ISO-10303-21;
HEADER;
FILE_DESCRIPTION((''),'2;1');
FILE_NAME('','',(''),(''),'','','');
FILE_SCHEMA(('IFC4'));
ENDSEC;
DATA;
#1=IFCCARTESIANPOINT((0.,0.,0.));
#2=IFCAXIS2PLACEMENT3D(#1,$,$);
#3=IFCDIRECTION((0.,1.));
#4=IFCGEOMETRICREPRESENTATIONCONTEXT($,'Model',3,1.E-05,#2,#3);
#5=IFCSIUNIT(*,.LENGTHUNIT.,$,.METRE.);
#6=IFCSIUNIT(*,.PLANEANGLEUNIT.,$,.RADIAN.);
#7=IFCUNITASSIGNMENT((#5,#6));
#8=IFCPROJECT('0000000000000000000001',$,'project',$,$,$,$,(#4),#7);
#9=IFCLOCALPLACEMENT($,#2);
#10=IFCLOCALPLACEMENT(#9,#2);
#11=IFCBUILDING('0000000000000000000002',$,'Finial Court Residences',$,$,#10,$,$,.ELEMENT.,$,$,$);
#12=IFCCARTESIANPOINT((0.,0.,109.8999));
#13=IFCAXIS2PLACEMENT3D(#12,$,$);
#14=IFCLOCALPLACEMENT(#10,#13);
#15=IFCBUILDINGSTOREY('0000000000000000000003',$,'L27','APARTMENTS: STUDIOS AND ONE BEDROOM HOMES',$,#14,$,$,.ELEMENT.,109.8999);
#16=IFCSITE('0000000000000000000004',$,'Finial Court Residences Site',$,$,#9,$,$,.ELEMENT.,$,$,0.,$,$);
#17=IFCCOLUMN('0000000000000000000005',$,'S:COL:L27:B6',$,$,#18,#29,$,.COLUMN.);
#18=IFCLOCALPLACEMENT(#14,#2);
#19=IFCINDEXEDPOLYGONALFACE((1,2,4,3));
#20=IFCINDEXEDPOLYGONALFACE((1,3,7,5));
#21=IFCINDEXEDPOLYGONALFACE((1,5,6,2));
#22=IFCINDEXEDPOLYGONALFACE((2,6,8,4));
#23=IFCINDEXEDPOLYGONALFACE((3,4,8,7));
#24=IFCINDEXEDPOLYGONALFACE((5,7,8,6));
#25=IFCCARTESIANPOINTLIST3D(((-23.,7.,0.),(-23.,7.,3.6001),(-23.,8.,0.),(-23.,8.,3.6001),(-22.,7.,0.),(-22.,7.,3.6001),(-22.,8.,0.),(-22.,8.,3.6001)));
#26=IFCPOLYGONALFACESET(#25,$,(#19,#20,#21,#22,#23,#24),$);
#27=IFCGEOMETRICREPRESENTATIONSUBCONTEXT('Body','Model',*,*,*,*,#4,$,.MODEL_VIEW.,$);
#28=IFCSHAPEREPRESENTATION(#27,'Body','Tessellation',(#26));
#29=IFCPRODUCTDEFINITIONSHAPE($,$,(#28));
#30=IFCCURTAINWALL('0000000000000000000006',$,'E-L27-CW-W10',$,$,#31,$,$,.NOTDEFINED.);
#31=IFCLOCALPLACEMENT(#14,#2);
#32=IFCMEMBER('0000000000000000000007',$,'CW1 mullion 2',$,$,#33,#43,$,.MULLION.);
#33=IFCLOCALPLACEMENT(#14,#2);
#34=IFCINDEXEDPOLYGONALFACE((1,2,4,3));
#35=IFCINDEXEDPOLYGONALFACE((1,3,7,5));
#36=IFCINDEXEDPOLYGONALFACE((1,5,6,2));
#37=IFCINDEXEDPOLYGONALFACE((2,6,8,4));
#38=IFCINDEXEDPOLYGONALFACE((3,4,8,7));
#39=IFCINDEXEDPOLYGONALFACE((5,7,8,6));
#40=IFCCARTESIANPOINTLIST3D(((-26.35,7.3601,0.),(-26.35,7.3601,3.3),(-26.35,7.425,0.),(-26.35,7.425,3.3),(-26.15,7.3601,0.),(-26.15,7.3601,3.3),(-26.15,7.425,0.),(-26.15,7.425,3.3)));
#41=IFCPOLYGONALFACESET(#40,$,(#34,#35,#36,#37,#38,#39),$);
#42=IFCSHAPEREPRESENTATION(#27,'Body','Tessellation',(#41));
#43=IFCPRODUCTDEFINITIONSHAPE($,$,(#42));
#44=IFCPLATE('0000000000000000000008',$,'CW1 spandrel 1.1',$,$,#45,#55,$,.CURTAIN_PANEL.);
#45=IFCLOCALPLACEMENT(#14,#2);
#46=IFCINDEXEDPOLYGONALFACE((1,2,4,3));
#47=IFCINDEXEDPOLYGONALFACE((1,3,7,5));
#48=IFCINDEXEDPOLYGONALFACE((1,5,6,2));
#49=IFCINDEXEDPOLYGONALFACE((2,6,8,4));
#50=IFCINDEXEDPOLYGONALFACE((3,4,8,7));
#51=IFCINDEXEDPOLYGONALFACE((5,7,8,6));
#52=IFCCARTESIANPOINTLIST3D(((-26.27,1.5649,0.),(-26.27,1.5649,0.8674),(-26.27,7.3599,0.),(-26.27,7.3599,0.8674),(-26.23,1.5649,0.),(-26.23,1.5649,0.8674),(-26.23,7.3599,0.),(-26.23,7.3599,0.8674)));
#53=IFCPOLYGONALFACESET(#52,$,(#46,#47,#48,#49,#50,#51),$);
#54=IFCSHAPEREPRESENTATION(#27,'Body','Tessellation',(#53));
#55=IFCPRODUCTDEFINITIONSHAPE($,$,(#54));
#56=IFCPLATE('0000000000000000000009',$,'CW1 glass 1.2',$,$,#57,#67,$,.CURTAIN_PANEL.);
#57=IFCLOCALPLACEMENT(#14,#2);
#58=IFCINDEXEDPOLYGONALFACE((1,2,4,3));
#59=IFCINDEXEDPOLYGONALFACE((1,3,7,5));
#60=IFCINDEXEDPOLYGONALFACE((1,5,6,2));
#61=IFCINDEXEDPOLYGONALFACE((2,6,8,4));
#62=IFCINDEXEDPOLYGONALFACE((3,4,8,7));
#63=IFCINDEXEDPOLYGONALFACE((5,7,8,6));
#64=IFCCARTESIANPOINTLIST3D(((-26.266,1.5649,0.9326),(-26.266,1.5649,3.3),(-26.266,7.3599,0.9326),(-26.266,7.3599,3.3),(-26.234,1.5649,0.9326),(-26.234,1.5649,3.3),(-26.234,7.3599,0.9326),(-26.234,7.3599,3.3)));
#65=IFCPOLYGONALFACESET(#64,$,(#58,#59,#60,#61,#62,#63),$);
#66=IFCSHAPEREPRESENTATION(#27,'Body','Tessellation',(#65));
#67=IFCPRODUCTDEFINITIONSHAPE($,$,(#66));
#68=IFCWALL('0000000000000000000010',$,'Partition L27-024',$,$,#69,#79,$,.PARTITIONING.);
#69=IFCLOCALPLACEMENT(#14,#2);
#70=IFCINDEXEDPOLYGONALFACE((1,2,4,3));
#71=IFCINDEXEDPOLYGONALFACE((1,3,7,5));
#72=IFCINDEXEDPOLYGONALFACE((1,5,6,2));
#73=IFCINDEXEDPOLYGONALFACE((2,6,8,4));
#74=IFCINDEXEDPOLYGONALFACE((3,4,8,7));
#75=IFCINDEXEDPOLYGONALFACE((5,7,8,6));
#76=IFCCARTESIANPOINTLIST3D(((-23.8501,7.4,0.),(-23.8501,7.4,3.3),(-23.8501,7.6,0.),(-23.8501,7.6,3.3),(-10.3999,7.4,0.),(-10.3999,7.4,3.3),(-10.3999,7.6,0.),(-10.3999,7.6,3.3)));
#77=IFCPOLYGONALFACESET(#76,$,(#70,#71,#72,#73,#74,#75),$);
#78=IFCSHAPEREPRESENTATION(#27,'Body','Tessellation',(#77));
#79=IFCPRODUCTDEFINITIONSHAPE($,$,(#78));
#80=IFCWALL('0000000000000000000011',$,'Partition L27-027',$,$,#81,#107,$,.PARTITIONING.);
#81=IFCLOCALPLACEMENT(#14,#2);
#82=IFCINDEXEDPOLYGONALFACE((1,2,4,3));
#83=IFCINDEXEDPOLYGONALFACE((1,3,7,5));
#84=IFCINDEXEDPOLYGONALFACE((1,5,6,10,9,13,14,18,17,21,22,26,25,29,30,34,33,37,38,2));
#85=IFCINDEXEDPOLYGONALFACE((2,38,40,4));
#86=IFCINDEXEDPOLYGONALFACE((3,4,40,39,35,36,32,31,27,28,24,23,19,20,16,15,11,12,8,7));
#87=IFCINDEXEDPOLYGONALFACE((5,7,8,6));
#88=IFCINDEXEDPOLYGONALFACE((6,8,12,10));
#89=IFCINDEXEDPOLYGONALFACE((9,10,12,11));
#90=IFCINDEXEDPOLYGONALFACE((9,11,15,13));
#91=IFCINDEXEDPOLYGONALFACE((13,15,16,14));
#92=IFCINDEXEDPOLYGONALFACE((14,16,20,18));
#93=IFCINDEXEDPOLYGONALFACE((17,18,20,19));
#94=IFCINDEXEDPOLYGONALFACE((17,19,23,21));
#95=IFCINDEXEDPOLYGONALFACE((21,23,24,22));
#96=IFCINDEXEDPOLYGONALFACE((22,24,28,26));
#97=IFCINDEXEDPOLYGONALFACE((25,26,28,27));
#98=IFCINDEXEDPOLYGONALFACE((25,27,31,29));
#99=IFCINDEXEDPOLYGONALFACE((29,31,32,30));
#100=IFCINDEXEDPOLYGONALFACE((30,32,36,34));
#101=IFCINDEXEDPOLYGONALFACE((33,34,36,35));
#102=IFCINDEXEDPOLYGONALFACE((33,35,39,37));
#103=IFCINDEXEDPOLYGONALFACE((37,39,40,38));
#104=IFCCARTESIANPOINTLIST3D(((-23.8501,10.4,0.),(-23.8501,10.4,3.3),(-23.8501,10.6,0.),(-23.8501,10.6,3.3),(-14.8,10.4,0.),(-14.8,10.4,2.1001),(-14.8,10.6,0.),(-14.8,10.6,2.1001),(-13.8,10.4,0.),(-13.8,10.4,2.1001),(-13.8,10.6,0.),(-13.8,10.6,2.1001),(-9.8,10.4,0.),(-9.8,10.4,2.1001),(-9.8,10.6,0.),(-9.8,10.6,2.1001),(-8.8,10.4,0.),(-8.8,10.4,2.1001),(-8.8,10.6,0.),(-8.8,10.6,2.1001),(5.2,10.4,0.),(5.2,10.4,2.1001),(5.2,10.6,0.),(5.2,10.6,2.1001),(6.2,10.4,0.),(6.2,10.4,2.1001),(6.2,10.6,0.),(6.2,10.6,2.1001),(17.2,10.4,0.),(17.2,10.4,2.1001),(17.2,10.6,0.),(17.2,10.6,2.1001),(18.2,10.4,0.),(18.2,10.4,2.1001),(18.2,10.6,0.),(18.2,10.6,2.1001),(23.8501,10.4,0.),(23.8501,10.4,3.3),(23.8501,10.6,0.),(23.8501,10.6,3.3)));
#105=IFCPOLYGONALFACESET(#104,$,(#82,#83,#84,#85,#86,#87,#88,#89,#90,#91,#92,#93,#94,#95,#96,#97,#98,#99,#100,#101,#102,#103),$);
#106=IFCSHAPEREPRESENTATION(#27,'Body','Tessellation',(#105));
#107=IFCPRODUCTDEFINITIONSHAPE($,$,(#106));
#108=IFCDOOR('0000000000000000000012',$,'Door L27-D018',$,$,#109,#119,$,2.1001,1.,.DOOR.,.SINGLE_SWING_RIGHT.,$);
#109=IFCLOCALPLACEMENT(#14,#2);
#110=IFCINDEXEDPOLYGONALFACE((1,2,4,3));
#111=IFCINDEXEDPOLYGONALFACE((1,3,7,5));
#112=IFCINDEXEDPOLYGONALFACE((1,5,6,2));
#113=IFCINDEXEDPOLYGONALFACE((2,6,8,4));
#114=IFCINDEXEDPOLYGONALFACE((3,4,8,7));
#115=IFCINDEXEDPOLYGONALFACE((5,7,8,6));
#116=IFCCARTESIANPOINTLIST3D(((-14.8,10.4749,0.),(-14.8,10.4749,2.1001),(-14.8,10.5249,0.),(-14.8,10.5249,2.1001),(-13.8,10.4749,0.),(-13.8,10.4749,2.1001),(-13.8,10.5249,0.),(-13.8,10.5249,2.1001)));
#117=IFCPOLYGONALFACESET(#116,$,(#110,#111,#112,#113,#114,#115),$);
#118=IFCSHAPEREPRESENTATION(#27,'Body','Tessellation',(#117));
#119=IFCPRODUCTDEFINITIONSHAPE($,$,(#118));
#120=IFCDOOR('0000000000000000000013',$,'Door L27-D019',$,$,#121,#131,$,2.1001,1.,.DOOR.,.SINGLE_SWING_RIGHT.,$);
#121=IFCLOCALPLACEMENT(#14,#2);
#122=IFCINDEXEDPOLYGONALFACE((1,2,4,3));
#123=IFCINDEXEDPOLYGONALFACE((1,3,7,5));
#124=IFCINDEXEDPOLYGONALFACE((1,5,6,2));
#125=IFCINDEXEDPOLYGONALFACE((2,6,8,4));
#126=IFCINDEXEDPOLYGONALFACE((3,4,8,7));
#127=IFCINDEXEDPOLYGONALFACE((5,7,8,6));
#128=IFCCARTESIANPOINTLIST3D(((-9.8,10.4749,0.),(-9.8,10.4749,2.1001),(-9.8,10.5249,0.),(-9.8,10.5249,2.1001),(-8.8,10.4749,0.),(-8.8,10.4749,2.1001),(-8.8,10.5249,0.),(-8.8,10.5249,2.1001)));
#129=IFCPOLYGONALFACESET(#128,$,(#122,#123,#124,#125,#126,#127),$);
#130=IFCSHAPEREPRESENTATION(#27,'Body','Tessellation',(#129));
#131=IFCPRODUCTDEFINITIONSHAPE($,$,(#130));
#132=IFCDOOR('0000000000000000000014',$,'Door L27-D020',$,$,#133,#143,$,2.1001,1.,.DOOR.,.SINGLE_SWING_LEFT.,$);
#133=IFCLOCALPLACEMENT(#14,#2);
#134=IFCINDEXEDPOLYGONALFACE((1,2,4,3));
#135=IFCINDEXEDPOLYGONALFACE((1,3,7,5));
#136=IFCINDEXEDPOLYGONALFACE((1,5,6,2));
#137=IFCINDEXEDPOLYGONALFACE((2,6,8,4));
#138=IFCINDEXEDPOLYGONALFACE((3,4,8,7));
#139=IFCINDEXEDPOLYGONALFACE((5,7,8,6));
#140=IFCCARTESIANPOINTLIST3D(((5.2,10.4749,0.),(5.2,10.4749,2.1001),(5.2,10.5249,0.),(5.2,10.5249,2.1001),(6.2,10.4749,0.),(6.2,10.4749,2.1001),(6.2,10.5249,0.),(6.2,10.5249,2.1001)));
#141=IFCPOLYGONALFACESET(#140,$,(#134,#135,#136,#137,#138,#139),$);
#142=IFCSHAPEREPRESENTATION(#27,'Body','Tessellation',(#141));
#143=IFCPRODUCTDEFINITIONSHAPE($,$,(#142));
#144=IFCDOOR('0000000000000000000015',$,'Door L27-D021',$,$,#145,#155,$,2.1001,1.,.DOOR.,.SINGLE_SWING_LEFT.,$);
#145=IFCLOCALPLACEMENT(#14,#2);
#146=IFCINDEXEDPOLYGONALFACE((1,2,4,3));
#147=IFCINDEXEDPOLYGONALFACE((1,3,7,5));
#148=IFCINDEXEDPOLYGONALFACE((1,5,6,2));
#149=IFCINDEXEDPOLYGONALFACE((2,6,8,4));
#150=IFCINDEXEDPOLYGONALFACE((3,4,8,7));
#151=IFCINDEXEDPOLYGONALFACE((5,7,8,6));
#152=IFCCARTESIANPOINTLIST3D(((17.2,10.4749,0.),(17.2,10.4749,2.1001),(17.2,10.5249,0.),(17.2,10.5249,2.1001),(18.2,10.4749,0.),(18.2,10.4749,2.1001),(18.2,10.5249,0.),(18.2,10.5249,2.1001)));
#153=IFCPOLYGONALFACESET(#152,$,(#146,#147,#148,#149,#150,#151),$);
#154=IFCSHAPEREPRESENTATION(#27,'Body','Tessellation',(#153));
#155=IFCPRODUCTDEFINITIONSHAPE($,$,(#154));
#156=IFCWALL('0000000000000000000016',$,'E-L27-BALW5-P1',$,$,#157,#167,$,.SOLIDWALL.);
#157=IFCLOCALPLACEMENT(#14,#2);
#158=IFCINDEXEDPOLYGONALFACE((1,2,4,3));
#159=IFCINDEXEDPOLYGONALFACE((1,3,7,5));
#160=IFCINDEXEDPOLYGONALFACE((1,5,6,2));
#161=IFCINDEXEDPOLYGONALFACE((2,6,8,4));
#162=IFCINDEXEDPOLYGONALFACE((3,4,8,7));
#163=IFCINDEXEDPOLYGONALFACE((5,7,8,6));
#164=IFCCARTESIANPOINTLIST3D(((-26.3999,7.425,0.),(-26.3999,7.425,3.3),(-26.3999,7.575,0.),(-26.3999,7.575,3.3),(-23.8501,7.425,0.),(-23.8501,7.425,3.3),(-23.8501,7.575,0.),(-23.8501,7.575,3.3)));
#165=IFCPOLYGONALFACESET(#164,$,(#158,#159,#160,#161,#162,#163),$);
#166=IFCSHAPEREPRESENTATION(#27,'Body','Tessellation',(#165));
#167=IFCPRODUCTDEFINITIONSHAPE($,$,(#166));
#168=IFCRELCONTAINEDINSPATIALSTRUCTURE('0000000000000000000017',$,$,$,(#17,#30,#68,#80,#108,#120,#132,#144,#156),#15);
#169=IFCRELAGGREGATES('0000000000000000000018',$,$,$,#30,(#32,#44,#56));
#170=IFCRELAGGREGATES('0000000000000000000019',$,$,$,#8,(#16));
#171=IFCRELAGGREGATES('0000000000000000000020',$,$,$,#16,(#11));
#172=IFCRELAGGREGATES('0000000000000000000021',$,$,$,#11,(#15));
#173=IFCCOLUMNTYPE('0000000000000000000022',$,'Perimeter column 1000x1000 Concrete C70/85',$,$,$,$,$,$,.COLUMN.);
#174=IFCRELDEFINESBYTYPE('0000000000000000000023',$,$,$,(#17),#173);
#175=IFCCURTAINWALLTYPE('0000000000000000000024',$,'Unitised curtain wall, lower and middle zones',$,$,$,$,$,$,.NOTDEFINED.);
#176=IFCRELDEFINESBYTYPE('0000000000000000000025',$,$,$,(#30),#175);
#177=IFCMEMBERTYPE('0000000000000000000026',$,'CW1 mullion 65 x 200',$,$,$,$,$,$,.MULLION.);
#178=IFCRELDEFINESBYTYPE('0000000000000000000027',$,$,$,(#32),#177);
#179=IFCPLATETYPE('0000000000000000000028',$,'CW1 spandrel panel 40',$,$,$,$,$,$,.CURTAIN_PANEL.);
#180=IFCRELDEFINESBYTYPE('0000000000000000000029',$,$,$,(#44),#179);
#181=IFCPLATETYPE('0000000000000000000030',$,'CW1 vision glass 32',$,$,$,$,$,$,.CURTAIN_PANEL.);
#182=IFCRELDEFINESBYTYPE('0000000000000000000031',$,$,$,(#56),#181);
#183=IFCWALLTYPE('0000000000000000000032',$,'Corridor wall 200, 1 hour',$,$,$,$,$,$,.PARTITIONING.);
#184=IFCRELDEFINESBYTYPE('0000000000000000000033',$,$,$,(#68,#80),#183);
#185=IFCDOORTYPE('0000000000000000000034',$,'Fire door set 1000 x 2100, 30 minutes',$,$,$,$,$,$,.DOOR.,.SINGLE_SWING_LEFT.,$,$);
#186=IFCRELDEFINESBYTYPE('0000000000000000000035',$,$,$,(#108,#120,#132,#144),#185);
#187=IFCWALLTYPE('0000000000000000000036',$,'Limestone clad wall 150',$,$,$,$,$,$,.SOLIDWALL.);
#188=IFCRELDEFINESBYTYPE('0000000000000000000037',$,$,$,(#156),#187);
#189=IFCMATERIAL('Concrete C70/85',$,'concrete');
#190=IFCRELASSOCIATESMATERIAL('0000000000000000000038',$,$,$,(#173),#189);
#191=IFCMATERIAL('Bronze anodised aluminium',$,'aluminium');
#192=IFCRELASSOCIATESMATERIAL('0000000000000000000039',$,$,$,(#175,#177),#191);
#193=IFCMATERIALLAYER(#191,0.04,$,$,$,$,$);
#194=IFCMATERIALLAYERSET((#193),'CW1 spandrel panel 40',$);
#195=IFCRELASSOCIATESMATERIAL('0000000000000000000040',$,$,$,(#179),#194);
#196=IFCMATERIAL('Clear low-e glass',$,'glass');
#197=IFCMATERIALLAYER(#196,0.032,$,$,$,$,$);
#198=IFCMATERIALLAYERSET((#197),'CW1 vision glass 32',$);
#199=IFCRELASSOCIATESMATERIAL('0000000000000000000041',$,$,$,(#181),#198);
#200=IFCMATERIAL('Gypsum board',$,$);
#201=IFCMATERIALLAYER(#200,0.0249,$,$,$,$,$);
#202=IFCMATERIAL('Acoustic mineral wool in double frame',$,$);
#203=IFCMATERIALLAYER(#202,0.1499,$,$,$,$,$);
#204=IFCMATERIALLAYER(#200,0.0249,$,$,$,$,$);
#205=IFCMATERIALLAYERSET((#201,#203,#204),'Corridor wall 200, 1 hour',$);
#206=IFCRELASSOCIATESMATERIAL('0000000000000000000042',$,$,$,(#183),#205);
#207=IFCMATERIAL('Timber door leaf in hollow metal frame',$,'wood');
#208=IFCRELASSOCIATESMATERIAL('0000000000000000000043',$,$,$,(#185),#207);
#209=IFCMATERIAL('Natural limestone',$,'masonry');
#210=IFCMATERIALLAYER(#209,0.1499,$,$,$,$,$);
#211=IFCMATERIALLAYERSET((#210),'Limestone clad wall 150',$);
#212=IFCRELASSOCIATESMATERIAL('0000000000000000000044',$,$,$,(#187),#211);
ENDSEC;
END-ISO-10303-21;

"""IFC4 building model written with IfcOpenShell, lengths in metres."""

from ifc_helpers import new_model, si_unit, direction, frame, frame_2d, origin, origin_2d, place, context, subcontext, project, spatial, rectangle, extrude, material, layer, layer_set, material_profile, profile_set, type_object, element, fill, aggregate, save


model = new_model("IFC4")

# Units and contexts
model_context = context("Model", 3, precision=1e-05, world=origin(), true_north=direction((0.0, 1.0)))
body_context = subcontext(model_context, "Body", "Model", "MODEL_VIEW")
ifc_project = project(units=[si_unit("LENGTHUNIT", "METRE"), si_unit("PLANEANGLEUNIT", "RADIAN")], contexts=[model_context])

# Site, building, storey
site_placement = place(None, origin())
site = spatial("IfcSite", under=ifc_project, at=site_placement, Name="Finial Court Residences Site", CompositionType="ELEMENT", RefElevation=0.0)
building_placement = place(site_placement, origin())
building = spatial("IfcBuilding", under=site, at=building_placement, Name="Finial Court Residences", CompositionType="ELEMENT")
storey_placement = place(building_placement, frame((0.0, 0.0, 109.8999)))
storey = spatial("IfcBuildingStorey", under=building, at=storey_placement, Name="L27", Description="APARTMENTS: STUDIOS AND ONE BEDROOM HOMES", CompositionType="ELEMENT", Elevation=109.8999)

# Column
ifc_material_1 = material(Name="Concrete C70/85", Category="concrete")
ifc_material_profile_1 = material_profile(ifc_material_1, rectangle(XDim=1.0, YDim=1.0, at=origin_2d()), Name="1000x1000")
ifc_profile_set_1 = profile_set([ifc_material_profile_1], Name="Concrete C70/85")
column_type = type_object("IfcColumnType", Name="Perimeter column 1000x1000 Concrete C70/85", PredefinedType="COLUMN", material=ifc_profile_set_1)
column_placement = place(storey_placement, frame((-22.5, 7.5, 0.0), z_axis=(0.0, 0.0, 1.0), x_axis=(1.0, 0.0, 0.0)))
element("IfcColumn", 1, at=column_placement, inside=storey, type_object=column_type, Name="S:COL:L27:B6", PredefinedType="COLUMN", context=body_context, shape_type="SweptSolid", body=[
    extrude(rectangle(XDim=1.0, YDim=1.0, at=origin_2d()), origin(), (0.0, 0.0, 1.0), 3.6001),
])

# Curtain wall, member, plates
ifc_material_2 = material(Name="Bronze anodised aluminium", Category="aluminium")
curtain_wall_type = type_object("IfcCurtainWallType", Name="Unitised curtain wall, lower and middle zones", PredefinedType="NOTDEFINED", material=ifc_material_2)
curtain_wall_placement = place(storey_placement, origin())
curtain_wall = element("IfcCurtainWall", 2, at=curtain_wall_placement, inside=storey, type_object=curtain_wall_type, Name="E-L27-CW-W10", PredefinedType="NOTDEFINED")
ifc_material_profile_2 = material_profile(ifc_material_2, rectangle(XDim=0.2, YDim=0.0649, at=origin_2d()), Name="CW1 mullion 65 x 200")
ifc_profile_set_2 = profile_set([ifc_material_profile_2], Name="Bronze anodised aluminium")
member_type = type_object("IfcMemberType", Name="CW1 mullion 65 x 200", PredefinedType="MULLION", material=ifc_profile_set_2)
member_placement = place(storey_placement, frame((-26.25, 7.3926, 0.0), z_axis=(0.0, 0.0, 1.0), x_axis=(-1.0, 0.0, 0.0)))
member = element("IfcMember", 3, at=member_placement, type_object=member_type, Name="CW1 mullion 2", PredefinedType="MULLION", context=body_context, shape_type="SweptSolid", body=[
    extrude(rectangle(XDim=0.2, YDim=0.0649, at=origin_2d()), origin(), (0.0, 0.0, 1.0), 3.3),
])
ifc_layer_1 = layer(ifc_material_2, 0.04)
ifc_layer_set_1 = layer_set([ifc_layer_1], Name="CW1 spandrel panel 40")
plate_type_1 = type_object("IfcPlateType", Name="CW1 spandrel panel 40", PredefinedType="CURTAIN_PANEL", material=ifc_layer_set_1)
plate_1_placement = place(storey_placement, frame((-26.25, 4.4624, 0.0), z_axis=(0.0, 0.0, 1.0), x_axis=(0.0, 1.0, 0.0)))
plate_1 = element("IfcPlate", 4, at=plate_1_placement, type_object=plate_type_1, Name="CW1 spandrel 1.1", PredefinedType="CURTAIN_PANEL", context=body_context, shape_type="SweptSolid", body=[
    extrude(rectangle(XDim=5.7949, YDim=0.04, at=origin_2d()), origin(), (0.0, 0.0, 1.0), 0.8674),
])
ifc_material_3 = material(Name="Clear low-e glass", Category="glass")
ifc_layer_2 = layer(ifc_material_3, 0.032)
ifc_layer_set_2 = layer_set([ifc_layer_2], Name="CW1 vision glass 32")
plate_type_2 = type_object("IfcPlateType", Name="CW1 vision glass 32", PredefinedType="CURTAIN_PANEL", material=ifc_layer_set_2)
plate_2_placement = place(storey_placement, frame((-26.25, 4.4624, 0.9326), z_axis=(0.0, 0.0, 1.0), x_axis=(0.0, 1.0, 0.0)))
plate_2 = element("IfcPlate", 5, at=plate_2_placement, type_object=plate_type_2, Name="CW1 glass 1.2", PredefinedType="CURTAIN_PANEL", context=body_context, shape_type="SweptSolid", body=[
    extrude(rectangle(XDim=5.7949, YDim=0.032, at=origin_2d()), origin(), (0.0, 0.0, 1.0), 2.3674),
])
aggregate(curtain_wall, [member, plate_1, plate_2])

# Wall
ifc_material_4 = material(Name="Gypsum board")
ifc_layer_3 = layer(ifc_material_4, 0.0249)
ifc_material_5 = material(Name="Acoustic mineral wool in double frame")
ifc_layer_4 = layer(ifc_material_5, 0.1499)
ifc_layer_5 = layer(ifc_material_4, 0.0249)
ifc_layer_set_3 = layer_set([ifc_layer_3, ifc_layer_4, ifc_layer_5], Name="Corridor wall 200, 1 hour")
wall_type_1 = type_object("IfcWallType", Name="Corridor wall 200, 1 hour", PredefinedType="PARTITIONING", material=ifc_layer_set_3)
wall_1_placement = place(storey_placement, frame((-23.8501, 7.5, 0.0), z_axis=(0.0, 0.0, 1.0), x_axis=(1.0, 0.0, 0.0)))
element("IfcWall", 6, at=wall_1_placement, inside=storey, type_object=wall_type_1, Name="Partition L27-024", PredefinedType="PARTITIONING", context=body_context, shape_type="SweptSolid", body=[
    extrude(rectangle(XDim=13.4502, YDim=0.2, at=frame_2d((6.7251, 0.0))), origin(), (0.0, 0.0, 1.0), 3.3),
])

# Wall, openings, doors
wall_2_placement = place(storey_placement, frame((-23.8501, 10.5, 0.0), z_axis=(0.0, 0.0, 1.0), x_axis=(1.0, 0.0, 0.0)))
wall_2 = element("IfcWall", 7, at=wall_2_placement, inside=storey, type_object=wall_type_1, Name="Partition L27-027", PredefinedType="PARTITIONING", context=body_context, shape_type="SweptSolid", body=[
    extrude(rectangle(XDim=47.7002, YDim=0.2, at=frame_2d((23.8501, 0.0))), origin(), (0.0, 0.0, 1.0), 3.3),
])
opening_1_placement = place(wall_2_placement, frame((9.05, 0.0, 0.0)))
opening_1 = element("IfcOpeningElement", 8, at=opening_1_placement, cuts=wall_2, PredefinedType="OPENING", context=body_context, shape_type="SweptSolid", body=[
    extrude(rectangle(XDim=1.0, YDim=2.1001, at=frame_2d((0.5, 1.05))), frame((0.0, 0.1099, 0.0), z_axis=(0.0, -1.0, 0.0), x_axis=(1.0, 0.0, 0.0)), (0.0, 0.0, 1.0), 0.22),
])
opening_2_placement = place(wall_2_placement, frame((14.05, 0.0, 0.0)))
opening_2 = element("IfcOpeningElement", 9, at=opening_2_placement, cuts=wall_2, PredefinedType="OPENING", context=body_context, shape_type="SweptSolid", body=[
    extrude(rectangle(XDim=1.0, YDim=2.1001, at=frame_2d((0.5, 1.05))), frame((0.0, 0.1099, 0.0), z_axis=(0.0, -1.0, 0.0), x_axis=(1.0, 0.0, 0.0)), (0.0, 0.0, 1.0), 0.22),
])
opening_3_placement = place(wall_2_placement, frame((29.05, 0.0, 0.0)))
opening_3 = element("IfcOpeningElement", 10, at=opening_3_placement, cuts=wall_2, PredefinedType="OPENING", context=body_context, shape_type="SweptSolid", body=[
    extrude(rectangle(XDim=1.0, YDim=2.1001, at=frame_2d((0.5, 1.05))), frame((0.0, 0.1099, 0.0), z_axis=(0.0, -1.0, 0.0), x_axis=(1.0, 0.0, 0.0)), (0.0, 0.0, 1.0), 0.22),
])
opening_4_placement = place(wall_2_placement, frame((41.05, 0.0, 0.0)))
opening_4 = element("IfcOpeningElement", 11, at=opening_4_placement, cuts=wall_2, PredefinedType="OPENING", context=body_context, shape_type="SweptSolid", body=[
    extrude(rectangle(XDim=1.0, YDim=2.1001, at=frame_2d((0.5, 1.05))), frame((0.0, 0.1099, 0.0), z_axis=(0.0, -1.0, 0.0), x_axis=(1.0, 0.0, 0.0)), (0.0, 0.0, 1.0), 0.22),
])
ifc_material_6 = material(Name="Timber door leaf in hollow metal frame", Category="wood")
door_type_1 = type_object("IfcDoorType", Name="Fire door set 1000 x 2100, 30 minutes", OperationType="SINGLE_SWING_LEFT", PredefinedType="DOOR", material=ifc_material_6)
door_1_placement = place(opening_1_placement, origin())
door_1 = element("IfcDoor", 12, at=door_1_placement, inside=storey, type_object=door_type_1, Name="Door L27-D018", OperationType="SINGLE_SWING_RIGHT", OverallHeight=2.1001, OverallWidth=1.0, PredefinedType="DOOR", context=body_context, shape_type="SweptSolid", body=[
    extrude(rectangle(XDim=1.0, YDim=2.1001, at=frame_2d((0.5, 1.05))), frame((0.0, 0.0249, 0.0), z_axis=(0.0, -1.0, 0.0), x_axis=(1.0, 0.0, 0.0)), (0.0, 0.0, 1.0), 0.05),
])
fill(opening_1, door_1)
door_2_placement = place(opening_2_placement, origin())
door_2 = element("IfcDoor", 13, at=door_2_placement, inside=storey, type_object=door_type_1, Name="Door L27-D019", OperationType="SINGLE_SWING_RIGHT", OverallHeight=2.1001, OverallWidth=1.0, PredefinedType="DOOR", context=body_context, shape_type="SweptSolid", body=[
    extrude(rectangle(XDim=1.0, YDim=2.1001, at=frame_2d((0.5, 1.05))), frame((0.0, 0.0249, 0.0), z_axis=(0.0, -1.0, 0.0), x_axis=(1.0, 0.0, 0.0)), (0.0, 0.0, 1.0), 0.05),
])
fill(opening_2, door_2)
door_3_placement = place(opening_3_placement, origin())
door_3 = element("IfcDoor", 14, at=door_3_placement, inside=storey, type_object=door_type_1, Name="Door L27-D020", OperationType="SINGLE_SWING_LEFT", OverallHeight=2.1001, OverallWidth=1.0, PredefinedType="DOOR", context=body_context, shape_type="SweptSolid", body=[
    extrude(rectangle(XDim=1.0, YDim=2.1001, at=frame_2d((0.5, 1.05))), frame((0.0, 0.0249, 0.0), z_axis=(0.0, -1.0, 0.0), x_axis=(1.0, 0.0, 0.0)), (0.0, 0.0, 1.0), 0.05),
])
fill(opening_3, door_3)
door_4_placement = place(opening_4_placement, origin())
door_4 = element("IfcDoor", 15, at=door_4_placement, inside=storey, type_object=door_type_1, Name="Door L27-D021", OperationType="SINGLE_SWING_LEFT", OverallHeight=2.1001, OverallWidth=1.0, PredefinedType="DOOR", context=body_context, shape_type="SweptSolid", body=[
    extrude(rectangle(XDim=1.0, YDim=2.1001, at=frame_2d((0.5, 1.05))), frame((0.0, 0.0249, 0.0), z_axis=(0.0, -1.0, 0.0), x_axis=(1.0, 0.0, 0.0)), (0.0, 0.0, 1.0), 0.05),
])
fill(opening_4, door_4)

# Wall
ifc_material_7 = material(Name="Natural limestone", Category="masonry")
ifc_layer_6 = layer(ifc_material_7, 0.1499)
ifc_layer_set_4 = layer_set([ifc_layer_6], Name="Limestone clad wall 150")
wall_type_2 = type_object("IfcWallType", Name="Limestone clad wall 150", PredefinedType="SOLIDWALL", material=ifc_layer_set_4)
wall_3_placement = place(storey_placement, frame((-23.8501, 7.5, 0.0), z_axis=(0.0, 0.0, 1.0), x_axis=(-1.0, 0.0, 0.0)))
element("IfcWall", 16, at=wall_3_placement, inside=storey, type_object=wall_type_2, Name="E-L27-BALW5-P1", PredefinedType="SOLIDWALL", context=body_context, shape_type="SweptSolid", body=[
    extrude(rectangle(XDim=2.5498, YDim=0.1499, at=frame_2d((1.2749, 0.0))), origin(), (0.0, 0.0, 1.0), 3.3),
])

save(model, "model.ifc")
